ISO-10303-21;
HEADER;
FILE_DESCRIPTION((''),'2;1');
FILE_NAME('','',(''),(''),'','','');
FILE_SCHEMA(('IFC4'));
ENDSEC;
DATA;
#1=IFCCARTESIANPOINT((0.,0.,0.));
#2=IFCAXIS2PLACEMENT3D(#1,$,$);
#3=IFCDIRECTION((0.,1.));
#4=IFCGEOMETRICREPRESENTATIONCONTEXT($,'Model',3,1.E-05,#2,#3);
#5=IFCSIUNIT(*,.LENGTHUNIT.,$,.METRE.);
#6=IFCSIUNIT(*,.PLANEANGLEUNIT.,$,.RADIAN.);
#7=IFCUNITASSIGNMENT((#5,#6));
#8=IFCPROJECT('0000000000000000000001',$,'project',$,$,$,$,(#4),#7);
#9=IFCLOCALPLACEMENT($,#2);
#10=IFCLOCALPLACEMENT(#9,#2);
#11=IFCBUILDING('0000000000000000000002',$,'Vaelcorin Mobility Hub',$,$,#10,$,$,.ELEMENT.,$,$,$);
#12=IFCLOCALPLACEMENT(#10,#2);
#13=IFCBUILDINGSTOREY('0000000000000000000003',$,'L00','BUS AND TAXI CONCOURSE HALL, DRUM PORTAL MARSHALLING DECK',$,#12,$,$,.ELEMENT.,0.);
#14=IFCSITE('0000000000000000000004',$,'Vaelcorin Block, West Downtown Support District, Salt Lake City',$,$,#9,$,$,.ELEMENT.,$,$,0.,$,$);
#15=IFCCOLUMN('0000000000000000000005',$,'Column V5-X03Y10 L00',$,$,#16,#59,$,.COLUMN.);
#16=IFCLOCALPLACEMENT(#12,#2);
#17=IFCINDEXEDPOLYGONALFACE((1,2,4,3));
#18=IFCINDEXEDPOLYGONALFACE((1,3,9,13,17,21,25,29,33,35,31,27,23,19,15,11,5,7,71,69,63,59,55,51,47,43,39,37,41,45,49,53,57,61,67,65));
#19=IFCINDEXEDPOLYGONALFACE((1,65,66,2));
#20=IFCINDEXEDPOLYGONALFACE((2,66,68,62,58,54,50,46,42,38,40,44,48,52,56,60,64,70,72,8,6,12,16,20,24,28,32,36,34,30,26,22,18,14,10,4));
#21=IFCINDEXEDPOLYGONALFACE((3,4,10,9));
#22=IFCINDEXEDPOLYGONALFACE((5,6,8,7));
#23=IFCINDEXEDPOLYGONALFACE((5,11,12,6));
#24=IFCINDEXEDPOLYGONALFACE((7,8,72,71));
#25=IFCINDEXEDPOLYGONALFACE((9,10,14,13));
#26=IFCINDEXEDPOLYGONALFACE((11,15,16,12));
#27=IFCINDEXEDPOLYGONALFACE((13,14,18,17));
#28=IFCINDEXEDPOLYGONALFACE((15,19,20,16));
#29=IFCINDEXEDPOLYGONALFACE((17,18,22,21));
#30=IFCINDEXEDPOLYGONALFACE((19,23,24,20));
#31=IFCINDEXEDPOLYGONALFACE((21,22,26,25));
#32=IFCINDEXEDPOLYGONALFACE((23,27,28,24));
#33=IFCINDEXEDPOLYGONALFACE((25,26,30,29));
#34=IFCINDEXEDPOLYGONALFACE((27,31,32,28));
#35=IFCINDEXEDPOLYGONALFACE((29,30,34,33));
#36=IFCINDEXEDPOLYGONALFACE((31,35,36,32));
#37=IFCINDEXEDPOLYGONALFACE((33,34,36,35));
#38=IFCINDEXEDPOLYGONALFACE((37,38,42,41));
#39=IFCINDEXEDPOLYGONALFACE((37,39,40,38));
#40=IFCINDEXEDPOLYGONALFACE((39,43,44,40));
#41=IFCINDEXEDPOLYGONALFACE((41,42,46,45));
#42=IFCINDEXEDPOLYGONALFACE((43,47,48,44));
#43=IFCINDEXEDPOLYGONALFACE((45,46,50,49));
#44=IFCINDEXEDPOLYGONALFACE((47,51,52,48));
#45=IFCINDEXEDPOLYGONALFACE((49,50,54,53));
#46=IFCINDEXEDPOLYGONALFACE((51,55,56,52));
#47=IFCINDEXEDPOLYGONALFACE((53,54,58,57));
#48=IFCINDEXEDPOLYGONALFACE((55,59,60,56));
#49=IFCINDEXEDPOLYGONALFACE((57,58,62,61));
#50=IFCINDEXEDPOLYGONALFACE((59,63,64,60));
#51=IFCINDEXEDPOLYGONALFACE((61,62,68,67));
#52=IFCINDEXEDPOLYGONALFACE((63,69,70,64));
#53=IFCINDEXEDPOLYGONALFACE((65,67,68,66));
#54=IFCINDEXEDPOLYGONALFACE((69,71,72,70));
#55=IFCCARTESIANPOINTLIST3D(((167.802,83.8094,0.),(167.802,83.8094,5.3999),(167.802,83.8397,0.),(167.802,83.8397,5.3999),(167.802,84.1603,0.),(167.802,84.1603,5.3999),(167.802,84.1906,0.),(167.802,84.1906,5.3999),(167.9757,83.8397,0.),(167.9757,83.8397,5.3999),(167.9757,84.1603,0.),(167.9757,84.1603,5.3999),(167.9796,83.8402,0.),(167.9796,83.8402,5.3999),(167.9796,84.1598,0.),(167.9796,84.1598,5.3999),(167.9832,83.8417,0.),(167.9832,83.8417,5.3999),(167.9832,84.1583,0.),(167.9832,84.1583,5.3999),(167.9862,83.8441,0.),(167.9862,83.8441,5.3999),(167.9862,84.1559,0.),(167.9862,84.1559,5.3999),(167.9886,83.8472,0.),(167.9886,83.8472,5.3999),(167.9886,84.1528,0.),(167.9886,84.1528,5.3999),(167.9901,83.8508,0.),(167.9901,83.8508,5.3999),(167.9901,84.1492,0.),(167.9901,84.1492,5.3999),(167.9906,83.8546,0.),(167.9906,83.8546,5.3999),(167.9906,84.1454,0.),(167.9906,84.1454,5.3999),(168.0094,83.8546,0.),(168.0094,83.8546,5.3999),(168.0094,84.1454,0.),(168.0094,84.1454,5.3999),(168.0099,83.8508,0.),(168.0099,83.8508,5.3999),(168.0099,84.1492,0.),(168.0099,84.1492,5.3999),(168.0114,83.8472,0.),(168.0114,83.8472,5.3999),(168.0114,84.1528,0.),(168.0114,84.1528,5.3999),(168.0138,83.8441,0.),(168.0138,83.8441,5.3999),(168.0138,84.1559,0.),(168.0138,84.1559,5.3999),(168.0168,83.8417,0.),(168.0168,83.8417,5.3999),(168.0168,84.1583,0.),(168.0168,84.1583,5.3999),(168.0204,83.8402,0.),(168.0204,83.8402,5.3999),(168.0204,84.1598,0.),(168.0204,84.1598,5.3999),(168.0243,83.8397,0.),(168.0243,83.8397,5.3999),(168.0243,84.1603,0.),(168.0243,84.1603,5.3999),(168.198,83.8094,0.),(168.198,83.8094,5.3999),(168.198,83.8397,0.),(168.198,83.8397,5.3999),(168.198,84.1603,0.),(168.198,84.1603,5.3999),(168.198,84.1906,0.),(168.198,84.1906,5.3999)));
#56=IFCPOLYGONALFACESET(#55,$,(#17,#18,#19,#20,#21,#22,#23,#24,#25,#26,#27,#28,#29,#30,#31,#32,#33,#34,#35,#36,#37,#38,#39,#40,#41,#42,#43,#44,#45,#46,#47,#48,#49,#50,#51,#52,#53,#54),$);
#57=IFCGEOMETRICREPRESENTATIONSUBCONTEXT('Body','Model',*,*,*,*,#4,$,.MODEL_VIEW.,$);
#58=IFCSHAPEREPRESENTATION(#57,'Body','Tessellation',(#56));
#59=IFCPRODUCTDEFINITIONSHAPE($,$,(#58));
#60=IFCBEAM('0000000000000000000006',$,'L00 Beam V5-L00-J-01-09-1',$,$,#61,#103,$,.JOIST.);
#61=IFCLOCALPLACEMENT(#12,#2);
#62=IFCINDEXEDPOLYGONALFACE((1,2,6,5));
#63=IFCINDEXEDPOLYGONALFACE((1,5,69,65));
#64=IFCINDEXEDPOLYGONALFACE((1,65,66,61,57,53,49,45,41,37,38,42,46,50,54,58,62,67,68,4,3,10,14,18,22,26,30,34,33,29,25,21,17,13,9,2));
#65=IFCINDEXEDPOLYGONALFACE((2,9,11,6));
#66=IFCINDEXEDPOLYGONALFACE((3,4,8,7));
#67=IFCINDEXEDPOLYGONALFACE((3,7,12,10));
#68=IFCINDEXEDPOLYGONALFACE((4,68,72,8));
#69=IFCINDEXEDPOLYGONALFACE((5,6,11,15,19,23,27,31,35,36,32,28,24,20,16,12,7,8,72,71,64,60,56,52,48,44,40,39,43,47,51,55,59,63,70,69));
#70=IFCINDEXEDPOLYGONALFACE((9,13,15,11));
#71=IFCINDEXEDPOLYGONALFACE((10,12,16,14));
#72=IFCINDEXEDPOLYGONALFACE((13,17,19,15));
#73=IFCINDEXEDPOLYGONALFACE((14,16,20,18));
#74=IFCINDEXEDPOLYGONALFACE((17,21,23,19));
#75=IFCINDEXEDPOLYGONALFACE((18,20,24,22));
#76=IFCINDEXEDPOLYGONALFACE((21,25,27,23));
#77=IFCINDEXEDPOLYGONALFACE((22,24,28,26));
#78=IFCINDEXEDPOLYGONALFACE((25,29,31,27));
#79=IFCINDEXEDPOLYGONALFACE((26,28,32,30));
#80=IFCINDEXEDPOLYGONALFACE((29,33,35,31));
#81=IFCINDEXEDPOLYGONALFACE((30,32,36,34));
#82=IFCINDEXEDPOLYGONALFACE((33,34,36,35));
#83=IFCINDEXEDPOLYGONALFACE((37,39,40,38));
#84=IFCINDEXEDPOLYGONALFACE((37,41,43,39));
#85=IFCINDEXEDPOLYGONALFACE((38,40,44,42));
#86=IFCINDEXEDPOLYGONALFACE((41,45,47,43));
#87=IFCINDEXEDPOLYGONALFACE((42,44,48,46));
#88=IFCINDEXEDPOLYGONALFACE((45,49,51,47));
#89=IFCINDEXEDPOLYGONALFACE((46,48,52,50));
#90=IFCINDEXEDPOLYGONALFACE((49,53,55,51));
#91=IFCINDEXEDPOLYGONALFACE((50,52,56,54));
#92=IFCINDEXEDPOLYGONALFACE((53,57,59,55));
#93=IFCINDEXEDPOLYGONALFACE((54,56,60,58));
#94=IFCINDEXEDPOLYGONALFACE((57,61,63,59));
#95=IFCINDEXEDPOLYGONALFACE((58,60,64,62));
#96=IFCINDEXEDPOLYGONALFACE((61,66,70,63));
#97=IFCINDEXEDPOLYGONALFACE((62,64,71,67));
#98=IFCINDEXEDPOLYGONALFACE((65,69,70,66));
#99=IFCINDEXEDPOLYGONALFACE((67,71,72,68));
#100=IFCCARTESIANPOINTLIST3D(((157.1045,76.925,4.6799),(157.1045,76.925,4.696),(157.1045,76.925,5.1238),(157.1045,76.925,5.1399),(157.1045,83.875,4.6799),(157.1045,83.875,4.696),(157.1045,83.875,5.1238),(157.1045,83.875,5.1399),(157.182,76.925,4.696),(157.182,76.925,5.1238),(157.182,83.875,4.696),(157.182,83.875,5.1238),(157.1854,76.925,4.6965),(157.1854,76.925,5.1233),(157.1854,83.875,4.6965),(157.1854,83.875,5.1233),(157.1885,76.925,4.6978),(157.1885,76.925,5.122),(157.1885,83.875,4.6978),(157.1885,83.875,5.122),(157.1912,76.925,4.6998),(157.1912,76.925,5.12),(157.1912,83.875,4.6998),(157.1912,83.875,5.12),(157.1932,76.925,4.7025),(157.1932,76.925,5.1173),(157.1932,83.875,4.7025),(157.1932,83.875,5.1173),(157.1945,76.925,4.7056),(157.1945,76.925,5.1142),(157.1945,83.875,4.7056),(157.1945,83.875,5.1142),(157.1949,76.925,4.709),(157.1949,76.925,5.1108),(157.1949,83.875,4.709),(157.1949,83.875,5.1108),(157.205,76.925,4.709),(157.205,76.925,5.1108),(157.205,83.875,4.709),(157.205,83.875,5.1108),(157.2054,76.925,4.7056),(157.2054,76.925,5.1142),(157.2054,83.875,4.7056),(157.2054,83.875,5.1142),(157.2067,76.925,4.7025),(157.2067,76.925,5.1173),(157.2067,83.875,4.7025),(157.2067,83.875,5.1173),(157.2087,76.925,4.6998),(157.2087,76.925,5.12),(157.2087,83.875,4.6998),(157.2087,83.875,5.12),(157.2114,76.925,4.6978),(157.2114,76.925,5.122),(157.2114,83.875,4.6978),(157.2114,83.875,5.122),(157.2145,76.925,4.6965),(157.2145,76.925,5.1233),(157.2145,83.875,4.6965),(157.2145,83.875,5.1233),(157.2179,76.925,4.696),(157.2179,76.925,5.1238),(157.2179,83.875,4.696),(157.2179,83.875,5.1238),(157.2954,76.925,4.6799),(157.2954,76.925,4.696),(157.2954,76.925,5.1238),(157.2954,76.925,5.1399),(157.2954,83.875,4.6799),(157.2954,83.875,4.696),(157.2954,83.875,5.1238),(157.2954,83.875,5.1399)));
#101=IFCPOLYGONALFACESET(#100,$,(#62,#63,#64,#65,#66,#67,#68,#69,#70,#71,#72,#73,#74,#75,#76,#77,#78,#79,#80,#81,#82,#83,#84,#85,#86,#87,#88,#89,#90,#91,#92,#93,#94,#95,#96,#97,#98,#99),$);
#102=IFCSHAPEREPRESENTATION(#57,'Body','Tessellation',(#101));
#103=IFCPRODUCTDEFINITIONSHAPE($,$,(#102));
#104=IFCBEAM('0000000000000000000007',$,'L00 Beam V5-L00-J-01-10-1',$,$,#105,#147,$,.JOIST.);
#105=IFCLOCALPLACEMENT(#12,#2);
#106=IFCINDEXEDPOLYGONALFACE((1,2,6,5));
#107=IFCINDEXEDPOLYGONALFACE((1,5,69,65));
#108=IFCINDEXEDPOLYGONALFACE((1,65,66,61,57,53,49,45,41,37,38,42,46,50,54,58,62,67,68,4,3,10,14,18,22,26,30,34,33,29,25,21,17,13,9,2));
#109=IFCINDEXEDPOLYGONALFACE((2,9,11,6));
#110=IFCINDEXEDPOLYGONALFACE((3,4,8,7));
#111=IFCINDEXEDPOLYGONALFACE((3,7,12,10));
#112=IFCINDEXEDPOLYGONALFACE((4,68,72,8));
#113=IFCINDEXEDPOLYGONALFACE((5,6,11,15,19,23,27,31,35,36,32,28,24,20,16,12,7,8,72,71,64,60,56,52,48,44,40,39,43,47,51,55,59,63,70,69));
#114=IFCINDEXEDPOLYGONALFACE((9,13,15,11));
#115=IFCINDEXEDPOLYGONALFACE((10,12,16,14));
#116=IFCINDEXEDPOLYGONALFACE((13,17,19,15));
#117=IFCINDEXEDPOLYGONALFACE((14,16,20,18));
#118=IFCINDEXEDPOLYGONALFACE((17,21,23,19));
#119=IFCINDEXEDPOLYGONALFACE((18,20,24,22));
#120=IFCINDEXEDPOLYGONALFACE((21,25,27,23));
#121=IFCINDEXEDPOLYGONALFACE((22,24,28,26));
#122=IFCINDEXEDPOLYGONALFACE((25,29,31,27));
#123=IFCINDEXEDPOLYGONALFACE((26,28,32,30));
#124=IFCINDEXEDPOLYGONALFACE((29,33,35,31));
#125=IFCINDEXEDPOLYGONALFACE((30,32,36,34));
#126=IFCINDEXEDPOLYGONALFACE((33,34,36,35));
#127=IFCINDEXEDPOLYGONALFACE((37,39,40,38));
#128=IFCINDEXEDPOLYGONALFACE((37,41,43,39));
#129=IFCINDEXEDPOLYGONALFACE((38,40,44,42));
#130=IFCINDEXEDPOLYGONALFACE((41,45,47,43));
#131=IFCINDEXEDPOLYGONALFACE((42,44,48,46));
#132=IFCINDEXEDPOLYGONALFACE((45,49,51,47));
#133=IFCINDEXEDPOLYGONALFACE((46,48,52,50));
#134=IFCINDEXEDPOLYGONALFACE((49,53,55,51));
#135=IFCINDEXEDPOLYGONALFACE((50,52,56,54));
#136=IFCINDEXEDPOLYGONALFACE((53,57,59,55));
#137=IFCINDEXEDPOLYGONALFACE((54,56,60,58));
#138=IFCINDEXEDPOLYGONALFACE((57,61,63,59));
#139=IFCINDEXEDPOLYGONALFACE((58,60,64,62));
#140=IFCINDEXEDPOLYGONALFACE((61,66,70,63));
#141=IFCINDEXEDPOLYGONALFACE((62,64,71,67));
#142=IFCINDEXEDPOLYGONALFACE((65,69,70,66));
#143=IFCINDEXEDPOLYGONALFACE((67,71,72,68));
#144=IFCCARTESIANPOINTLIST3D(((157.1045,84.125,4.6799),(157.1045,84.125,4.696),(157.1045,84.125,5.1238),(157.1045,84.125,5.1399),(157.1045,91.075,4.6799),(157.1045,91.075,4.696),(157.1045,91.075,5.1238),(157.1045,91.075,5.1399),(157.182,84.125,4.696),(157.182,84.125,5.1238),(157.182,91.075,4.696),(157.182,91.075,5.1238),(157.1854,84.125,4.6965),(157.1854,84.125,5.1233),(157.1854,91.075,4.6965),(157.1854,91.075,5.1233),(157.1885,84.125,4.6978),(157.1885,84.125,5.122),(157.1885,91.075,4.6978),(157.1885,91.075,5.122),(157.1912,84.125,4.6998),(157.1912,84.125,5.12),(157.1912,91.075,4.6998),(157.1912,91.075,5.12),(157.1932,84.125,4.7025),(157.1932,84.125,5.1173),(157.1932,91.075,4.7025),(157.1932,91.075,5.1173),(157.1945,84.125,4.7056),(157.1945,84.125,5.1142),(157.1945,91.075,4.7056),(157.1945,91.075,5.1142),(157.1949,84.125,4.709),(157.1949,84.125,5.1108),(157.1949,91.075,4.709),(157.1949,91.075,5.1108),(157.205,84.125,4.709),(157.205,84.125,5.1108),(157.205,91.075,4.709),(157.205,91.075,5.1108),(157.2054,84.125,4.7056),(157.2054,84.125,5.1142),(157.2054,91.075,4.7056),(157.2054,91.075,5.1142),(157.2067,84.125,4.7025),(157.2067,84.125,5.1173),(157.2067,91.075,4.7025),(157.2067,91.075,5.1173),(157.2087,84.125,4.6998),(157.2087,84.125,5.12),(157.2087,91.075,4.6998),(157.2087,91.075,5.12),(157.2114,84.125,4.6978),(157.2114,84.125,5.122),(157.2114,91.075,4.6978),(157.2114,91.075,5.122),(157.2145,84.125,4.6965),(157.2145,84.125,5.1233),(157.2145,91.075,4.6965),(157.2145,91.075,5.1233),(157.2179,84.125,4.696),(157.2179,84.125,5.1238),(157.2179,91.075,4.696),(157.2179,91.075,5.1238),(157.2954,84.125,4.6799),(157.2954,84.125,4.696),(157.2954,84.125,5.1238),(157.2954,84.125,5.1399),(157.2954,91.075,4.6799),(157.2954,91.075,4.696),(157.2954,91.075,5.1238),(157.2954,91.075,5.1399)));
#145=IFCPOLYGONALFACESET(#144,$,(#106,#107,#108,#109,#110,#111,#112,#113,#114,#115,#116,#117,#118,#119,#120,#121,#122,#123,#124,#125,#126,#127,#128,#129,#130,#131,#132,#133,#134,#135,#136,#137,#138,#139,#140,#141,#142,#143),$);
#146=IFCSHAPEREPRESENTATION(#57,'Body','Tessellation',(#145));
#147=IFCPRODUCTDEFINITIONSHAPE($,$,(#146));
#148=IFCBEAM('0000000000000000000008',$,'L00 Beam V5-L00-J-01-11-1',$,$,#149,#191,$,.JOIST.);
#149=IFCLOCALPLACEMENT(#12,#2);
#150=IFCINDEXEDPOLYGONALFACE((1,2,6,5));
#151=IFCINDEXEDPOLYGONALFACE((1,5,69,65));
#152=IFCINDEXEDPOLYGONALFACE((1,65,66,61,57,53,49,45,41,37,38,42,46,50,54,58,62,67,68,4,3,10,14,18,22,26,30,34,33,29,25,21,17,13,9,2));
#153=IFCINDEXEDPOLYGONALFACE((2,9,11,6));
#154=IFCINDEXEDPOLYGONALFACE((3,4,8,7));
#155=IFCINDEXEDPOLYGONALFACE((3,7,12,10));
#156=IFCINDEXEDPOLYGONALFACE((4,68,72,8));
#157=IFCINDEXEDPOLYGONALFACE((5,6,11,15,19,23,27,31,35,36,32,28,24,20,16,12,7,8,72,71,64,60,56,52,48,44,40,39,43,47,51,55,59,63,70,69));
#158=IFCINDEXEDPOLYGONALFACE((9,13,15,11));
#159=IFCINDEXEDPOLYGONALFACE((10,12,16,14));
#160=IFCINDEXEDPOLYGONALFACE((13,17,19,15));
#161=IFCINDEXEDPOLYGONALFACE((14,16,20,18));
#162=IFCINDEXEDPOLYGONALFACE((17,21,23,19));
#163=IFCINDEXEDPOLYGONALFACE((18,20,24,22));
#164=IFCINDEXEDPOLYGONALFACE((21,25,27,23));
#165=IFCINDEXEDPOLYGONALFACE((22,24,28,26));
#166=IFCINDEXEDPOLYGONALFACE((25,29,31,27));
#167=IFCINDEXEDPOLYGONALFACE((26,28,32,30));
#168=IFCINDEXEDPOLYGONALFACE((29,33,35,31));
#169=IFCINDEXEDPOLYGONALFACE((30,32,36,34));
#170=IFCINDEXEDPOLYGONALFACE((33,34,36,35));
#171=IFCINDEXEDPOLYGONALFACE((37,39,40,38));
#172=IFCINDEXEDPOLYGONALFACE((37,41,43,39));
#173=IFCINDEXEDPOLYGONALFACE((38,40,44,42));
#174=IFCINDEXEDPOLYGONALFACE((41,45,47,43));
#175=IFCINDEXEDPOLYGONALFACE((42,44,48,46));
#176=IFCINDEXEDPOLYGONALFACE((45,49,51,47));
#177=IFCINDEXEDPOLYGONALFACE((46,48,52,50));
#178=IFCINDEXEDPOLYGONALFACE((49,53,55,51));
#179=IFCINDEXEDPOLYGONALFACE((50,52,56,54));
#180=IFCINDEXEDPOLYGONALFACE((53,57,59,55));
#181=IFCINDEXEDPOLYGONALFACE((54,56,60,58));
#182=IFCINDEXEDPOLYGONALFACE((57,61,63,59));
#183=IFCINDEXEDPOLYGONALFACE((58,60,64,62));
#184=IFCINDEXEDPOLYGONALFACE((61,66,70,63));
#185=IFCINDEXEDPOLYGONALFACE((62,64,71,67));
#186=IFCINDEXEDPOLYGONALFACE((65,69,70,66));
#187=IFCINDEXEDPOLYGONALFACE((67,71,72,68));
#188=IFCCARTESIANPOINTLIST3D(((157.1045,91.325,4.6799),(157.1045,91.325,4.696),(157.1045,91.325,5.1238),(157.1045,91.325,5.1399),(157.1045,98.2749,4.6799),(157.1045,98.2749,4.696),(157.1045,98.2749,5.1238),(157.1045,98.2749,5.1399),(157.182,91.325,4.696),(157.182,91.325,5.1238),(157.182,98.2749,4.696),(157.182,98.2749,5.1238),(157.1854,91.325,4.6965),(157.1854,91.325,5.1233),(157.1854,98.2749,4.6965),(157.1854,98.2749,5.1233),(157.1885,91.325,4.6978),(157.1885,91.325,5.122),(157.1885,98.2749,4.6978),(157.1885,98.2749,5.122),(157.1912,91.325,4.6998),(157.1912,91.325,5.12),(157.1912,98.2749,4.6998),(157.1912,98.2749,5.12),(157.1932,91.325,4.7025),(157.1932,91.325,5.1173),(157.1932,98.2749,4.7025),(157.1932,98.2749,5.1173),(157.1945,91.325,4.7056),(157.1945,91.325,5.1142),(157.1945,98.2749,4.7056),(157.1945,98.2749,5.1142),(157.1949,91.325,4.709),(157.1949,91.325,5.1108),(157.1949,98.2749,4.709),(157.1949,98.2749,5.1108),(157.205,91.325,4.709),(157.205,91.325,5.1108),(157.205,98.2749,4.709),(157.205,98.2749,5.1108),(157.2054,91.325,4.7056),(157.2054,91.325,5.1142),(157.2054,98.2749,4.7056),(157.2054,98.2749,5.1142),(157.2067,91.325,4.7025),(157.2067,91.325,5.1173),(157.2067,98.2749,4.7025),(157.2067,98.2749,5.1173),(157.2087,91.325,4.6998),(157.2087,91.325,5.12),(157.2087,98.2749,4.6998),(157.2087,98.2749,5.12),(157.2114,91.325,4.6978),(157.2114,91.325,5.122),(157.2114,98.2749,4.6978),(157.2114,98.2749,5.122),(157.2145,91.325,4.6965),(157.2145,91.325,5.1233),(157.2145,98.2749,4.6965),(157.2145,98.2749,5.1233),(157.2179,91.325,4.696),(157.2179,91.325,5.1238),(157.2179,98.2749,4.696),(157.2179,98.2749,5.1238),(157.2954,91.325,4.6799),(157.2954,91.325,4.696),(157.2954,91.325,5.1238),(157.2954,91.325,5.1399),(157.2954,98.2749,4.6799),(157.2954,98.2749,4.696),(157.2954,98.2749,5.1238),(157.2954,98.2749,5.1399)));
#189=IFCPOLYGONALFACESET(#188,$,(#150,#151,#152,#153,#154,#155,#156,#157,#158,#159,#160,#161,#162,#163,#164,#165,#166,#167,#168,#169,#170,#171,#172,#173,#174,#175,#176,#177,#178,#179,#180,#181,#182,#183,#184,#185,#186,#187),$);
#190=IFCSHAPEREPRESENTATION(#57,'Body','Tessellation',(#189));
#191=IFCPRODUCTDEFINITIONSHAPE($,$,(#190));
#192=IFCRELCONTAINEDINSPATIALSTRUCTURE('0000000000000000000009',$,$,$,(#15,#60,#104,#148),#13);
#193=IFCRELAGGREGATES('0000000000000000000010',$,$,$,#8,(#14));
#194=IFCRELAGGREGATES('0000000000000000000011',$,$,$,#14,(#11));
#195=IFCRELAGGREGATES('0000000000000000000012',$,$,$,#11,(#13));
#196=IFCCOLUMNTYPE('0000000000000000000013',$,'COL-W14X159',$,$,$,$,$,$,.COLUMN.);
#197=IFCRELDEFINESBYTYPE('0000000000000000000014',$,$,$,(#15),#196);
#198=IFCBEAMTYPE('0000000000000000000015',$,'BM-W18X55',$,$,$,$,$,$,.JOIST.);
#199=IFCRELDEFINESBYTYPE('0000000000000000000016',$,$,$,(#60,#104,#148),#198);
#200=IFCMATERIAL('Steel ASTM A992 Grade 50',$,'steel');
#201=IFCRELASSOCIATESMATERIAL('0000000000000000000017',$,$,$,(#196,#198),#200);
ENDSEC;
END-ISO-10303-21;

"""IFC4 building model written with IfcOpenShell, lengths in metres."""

from ifc_helpers import new_model, si_unit, direction, frame, origin, origin_2d, place, context, subcontext, project, spatial, i_section, extrude, material, material_profile, profile_set, type_object, element, save


model = new_model("IFC4")

# Units and contexts
model_context = context("Model", 3, precision=1e-05, world=origin(), true_north=direction((0.0, 1.0)))
body_context = subcontext(model_context, "Body", "Model", "MODEL_VIEW")
ifc_project = project(units=[si_unit("LENGTHUNIT", "METRE"), si_unit("PLANEANGLEUNIT", "RADIAN")], contexts=[model_context])

# Site, building, storey
site_placement = place(None, origin())
site = spatial("IfcSite", under=ifc_project, at=site_placement, Name="Vaelcorin Block, West Downtown Support District, Salt Lake City", CompositionType="ELEMENT", RefElevation=0.0)
building_placement = place(site_placement, origin())
building = spatial("IfcBuilding", under=site, at=building_placement, Name="Vaelcorin Mobility Hub", CompositionType="ELEMENT")
storey_placement = place(building_placement, origin())
storey = spatial("IfcBuildingStorey", under=building, at=storey_placement, Name="L00", Description="BUS AND TAXI CONCOURSE HALL, DRUM PORTAL MARSHALLING DECK", CompositionType="ELEMENT", Elevation=0.0)

# Column
ifc_material_1 = material(Name="Steel ASTM A992 Grade 50", Category="steel")
ifc_material_profile_1 = material_profile(ifc_material_1, i_section(OverallWidth=0.396, OverallDepth=0.3811, WebThickness=0.0188, FlangeThickness=0.0303, FilletRadius=0.0149, at=origin_2d()), Name="W14X159")
ifc_profile_set_1 = profile_set([ifc_material_profile_1], Name="Steel ASTM A992 Grade 50")
column_type = type_object("IfcColumnType", Name="COL-W14X159", PredefinedType="COLUMN", material=ifc_profile_set_1)
for number, where, z_axis, x_axis, name in (
    (1, (168.0, 84.0, 0.0), (0.0, 0.0, 1.0), (1.0, 0.0, 0.0), "Column V5-X03Y10 L00"),
):
    element("IfcColumn", number, at=place(storey_placement, frame(where, z_axis=z_axis, x_axis=x_axis)), inside=storey, type_object=column_type, Name=name, PredefinedType="COLUMN", context=body_context, shape_type="SweptSolid", body=[
        extrude(i_section(OverallWidth=0.396, OverallDepth=0.3811, WebThickness=0.0188, FlangeThickness=0.0303, FilletRadius=0.0149, at=origin_2d()), origin(), (0.0, 0.0, 1.0), 5.3999),
    ])

# Beams
ifc_material_profile_2 = material_profile(ifc_material_1, i_section(OverallWidth=0.1909, OverallDepth=0.46, WebThickness=0.01, FlangeThickness=0.0161, FilletRadius=0.0129, at=origin_2d()), Name="W18X55")
ifc_profile_set_2 = profile_set([ifc_material_profile_2], Name="Steel ASTM A992 Grade 50")
beam_type_1 = type_object("IfcBeamType", Name="BM-W18X55", PredefinedType="JOIST", material=ifc_profile_set_2)
for number, where, z_axis, x_axis, name in (
    (2, (157.2, 76.925, 4.9099), (0.0, 1.0, 0.0), (-1.0, 0.0, 0.0), "L00 Beam V5-L00-J-01-09-1"),
    (3, (157.2, 84.125, 4.9099), (0.0, 1.0, 0.0), (-1.0, 0.0, 0.0), "L00 Beam V5-L00-J-01-10-1"),
    (4, (157.2, 91.325, 4.9099), (0.0, 1.0, 0.0), (-1.0, 0.0, 0.0), "L00 Beam V5-L00-J-01-11-1"),
):
    element("IfcBeam", number, at=place(storey_placement, frame(where, z_axis=z_axis, x_axis=x_axis)), inside=storey, type_object=beam_type_1, Name=name, PredefinedType="JOIST", context=body_context, shape_type="SweptSolid", body=[
        extrude(i_section(OverallWidth=0.1909, OverallDepth=0.46, WebThickness=0.01, FlangeThickness=0.0161, FilletRadius=0.0129, at=origin_2d()), origin(), (0.0, 0.0, 1.0), 6.95),
    ])

save(model, "model.ifc")
